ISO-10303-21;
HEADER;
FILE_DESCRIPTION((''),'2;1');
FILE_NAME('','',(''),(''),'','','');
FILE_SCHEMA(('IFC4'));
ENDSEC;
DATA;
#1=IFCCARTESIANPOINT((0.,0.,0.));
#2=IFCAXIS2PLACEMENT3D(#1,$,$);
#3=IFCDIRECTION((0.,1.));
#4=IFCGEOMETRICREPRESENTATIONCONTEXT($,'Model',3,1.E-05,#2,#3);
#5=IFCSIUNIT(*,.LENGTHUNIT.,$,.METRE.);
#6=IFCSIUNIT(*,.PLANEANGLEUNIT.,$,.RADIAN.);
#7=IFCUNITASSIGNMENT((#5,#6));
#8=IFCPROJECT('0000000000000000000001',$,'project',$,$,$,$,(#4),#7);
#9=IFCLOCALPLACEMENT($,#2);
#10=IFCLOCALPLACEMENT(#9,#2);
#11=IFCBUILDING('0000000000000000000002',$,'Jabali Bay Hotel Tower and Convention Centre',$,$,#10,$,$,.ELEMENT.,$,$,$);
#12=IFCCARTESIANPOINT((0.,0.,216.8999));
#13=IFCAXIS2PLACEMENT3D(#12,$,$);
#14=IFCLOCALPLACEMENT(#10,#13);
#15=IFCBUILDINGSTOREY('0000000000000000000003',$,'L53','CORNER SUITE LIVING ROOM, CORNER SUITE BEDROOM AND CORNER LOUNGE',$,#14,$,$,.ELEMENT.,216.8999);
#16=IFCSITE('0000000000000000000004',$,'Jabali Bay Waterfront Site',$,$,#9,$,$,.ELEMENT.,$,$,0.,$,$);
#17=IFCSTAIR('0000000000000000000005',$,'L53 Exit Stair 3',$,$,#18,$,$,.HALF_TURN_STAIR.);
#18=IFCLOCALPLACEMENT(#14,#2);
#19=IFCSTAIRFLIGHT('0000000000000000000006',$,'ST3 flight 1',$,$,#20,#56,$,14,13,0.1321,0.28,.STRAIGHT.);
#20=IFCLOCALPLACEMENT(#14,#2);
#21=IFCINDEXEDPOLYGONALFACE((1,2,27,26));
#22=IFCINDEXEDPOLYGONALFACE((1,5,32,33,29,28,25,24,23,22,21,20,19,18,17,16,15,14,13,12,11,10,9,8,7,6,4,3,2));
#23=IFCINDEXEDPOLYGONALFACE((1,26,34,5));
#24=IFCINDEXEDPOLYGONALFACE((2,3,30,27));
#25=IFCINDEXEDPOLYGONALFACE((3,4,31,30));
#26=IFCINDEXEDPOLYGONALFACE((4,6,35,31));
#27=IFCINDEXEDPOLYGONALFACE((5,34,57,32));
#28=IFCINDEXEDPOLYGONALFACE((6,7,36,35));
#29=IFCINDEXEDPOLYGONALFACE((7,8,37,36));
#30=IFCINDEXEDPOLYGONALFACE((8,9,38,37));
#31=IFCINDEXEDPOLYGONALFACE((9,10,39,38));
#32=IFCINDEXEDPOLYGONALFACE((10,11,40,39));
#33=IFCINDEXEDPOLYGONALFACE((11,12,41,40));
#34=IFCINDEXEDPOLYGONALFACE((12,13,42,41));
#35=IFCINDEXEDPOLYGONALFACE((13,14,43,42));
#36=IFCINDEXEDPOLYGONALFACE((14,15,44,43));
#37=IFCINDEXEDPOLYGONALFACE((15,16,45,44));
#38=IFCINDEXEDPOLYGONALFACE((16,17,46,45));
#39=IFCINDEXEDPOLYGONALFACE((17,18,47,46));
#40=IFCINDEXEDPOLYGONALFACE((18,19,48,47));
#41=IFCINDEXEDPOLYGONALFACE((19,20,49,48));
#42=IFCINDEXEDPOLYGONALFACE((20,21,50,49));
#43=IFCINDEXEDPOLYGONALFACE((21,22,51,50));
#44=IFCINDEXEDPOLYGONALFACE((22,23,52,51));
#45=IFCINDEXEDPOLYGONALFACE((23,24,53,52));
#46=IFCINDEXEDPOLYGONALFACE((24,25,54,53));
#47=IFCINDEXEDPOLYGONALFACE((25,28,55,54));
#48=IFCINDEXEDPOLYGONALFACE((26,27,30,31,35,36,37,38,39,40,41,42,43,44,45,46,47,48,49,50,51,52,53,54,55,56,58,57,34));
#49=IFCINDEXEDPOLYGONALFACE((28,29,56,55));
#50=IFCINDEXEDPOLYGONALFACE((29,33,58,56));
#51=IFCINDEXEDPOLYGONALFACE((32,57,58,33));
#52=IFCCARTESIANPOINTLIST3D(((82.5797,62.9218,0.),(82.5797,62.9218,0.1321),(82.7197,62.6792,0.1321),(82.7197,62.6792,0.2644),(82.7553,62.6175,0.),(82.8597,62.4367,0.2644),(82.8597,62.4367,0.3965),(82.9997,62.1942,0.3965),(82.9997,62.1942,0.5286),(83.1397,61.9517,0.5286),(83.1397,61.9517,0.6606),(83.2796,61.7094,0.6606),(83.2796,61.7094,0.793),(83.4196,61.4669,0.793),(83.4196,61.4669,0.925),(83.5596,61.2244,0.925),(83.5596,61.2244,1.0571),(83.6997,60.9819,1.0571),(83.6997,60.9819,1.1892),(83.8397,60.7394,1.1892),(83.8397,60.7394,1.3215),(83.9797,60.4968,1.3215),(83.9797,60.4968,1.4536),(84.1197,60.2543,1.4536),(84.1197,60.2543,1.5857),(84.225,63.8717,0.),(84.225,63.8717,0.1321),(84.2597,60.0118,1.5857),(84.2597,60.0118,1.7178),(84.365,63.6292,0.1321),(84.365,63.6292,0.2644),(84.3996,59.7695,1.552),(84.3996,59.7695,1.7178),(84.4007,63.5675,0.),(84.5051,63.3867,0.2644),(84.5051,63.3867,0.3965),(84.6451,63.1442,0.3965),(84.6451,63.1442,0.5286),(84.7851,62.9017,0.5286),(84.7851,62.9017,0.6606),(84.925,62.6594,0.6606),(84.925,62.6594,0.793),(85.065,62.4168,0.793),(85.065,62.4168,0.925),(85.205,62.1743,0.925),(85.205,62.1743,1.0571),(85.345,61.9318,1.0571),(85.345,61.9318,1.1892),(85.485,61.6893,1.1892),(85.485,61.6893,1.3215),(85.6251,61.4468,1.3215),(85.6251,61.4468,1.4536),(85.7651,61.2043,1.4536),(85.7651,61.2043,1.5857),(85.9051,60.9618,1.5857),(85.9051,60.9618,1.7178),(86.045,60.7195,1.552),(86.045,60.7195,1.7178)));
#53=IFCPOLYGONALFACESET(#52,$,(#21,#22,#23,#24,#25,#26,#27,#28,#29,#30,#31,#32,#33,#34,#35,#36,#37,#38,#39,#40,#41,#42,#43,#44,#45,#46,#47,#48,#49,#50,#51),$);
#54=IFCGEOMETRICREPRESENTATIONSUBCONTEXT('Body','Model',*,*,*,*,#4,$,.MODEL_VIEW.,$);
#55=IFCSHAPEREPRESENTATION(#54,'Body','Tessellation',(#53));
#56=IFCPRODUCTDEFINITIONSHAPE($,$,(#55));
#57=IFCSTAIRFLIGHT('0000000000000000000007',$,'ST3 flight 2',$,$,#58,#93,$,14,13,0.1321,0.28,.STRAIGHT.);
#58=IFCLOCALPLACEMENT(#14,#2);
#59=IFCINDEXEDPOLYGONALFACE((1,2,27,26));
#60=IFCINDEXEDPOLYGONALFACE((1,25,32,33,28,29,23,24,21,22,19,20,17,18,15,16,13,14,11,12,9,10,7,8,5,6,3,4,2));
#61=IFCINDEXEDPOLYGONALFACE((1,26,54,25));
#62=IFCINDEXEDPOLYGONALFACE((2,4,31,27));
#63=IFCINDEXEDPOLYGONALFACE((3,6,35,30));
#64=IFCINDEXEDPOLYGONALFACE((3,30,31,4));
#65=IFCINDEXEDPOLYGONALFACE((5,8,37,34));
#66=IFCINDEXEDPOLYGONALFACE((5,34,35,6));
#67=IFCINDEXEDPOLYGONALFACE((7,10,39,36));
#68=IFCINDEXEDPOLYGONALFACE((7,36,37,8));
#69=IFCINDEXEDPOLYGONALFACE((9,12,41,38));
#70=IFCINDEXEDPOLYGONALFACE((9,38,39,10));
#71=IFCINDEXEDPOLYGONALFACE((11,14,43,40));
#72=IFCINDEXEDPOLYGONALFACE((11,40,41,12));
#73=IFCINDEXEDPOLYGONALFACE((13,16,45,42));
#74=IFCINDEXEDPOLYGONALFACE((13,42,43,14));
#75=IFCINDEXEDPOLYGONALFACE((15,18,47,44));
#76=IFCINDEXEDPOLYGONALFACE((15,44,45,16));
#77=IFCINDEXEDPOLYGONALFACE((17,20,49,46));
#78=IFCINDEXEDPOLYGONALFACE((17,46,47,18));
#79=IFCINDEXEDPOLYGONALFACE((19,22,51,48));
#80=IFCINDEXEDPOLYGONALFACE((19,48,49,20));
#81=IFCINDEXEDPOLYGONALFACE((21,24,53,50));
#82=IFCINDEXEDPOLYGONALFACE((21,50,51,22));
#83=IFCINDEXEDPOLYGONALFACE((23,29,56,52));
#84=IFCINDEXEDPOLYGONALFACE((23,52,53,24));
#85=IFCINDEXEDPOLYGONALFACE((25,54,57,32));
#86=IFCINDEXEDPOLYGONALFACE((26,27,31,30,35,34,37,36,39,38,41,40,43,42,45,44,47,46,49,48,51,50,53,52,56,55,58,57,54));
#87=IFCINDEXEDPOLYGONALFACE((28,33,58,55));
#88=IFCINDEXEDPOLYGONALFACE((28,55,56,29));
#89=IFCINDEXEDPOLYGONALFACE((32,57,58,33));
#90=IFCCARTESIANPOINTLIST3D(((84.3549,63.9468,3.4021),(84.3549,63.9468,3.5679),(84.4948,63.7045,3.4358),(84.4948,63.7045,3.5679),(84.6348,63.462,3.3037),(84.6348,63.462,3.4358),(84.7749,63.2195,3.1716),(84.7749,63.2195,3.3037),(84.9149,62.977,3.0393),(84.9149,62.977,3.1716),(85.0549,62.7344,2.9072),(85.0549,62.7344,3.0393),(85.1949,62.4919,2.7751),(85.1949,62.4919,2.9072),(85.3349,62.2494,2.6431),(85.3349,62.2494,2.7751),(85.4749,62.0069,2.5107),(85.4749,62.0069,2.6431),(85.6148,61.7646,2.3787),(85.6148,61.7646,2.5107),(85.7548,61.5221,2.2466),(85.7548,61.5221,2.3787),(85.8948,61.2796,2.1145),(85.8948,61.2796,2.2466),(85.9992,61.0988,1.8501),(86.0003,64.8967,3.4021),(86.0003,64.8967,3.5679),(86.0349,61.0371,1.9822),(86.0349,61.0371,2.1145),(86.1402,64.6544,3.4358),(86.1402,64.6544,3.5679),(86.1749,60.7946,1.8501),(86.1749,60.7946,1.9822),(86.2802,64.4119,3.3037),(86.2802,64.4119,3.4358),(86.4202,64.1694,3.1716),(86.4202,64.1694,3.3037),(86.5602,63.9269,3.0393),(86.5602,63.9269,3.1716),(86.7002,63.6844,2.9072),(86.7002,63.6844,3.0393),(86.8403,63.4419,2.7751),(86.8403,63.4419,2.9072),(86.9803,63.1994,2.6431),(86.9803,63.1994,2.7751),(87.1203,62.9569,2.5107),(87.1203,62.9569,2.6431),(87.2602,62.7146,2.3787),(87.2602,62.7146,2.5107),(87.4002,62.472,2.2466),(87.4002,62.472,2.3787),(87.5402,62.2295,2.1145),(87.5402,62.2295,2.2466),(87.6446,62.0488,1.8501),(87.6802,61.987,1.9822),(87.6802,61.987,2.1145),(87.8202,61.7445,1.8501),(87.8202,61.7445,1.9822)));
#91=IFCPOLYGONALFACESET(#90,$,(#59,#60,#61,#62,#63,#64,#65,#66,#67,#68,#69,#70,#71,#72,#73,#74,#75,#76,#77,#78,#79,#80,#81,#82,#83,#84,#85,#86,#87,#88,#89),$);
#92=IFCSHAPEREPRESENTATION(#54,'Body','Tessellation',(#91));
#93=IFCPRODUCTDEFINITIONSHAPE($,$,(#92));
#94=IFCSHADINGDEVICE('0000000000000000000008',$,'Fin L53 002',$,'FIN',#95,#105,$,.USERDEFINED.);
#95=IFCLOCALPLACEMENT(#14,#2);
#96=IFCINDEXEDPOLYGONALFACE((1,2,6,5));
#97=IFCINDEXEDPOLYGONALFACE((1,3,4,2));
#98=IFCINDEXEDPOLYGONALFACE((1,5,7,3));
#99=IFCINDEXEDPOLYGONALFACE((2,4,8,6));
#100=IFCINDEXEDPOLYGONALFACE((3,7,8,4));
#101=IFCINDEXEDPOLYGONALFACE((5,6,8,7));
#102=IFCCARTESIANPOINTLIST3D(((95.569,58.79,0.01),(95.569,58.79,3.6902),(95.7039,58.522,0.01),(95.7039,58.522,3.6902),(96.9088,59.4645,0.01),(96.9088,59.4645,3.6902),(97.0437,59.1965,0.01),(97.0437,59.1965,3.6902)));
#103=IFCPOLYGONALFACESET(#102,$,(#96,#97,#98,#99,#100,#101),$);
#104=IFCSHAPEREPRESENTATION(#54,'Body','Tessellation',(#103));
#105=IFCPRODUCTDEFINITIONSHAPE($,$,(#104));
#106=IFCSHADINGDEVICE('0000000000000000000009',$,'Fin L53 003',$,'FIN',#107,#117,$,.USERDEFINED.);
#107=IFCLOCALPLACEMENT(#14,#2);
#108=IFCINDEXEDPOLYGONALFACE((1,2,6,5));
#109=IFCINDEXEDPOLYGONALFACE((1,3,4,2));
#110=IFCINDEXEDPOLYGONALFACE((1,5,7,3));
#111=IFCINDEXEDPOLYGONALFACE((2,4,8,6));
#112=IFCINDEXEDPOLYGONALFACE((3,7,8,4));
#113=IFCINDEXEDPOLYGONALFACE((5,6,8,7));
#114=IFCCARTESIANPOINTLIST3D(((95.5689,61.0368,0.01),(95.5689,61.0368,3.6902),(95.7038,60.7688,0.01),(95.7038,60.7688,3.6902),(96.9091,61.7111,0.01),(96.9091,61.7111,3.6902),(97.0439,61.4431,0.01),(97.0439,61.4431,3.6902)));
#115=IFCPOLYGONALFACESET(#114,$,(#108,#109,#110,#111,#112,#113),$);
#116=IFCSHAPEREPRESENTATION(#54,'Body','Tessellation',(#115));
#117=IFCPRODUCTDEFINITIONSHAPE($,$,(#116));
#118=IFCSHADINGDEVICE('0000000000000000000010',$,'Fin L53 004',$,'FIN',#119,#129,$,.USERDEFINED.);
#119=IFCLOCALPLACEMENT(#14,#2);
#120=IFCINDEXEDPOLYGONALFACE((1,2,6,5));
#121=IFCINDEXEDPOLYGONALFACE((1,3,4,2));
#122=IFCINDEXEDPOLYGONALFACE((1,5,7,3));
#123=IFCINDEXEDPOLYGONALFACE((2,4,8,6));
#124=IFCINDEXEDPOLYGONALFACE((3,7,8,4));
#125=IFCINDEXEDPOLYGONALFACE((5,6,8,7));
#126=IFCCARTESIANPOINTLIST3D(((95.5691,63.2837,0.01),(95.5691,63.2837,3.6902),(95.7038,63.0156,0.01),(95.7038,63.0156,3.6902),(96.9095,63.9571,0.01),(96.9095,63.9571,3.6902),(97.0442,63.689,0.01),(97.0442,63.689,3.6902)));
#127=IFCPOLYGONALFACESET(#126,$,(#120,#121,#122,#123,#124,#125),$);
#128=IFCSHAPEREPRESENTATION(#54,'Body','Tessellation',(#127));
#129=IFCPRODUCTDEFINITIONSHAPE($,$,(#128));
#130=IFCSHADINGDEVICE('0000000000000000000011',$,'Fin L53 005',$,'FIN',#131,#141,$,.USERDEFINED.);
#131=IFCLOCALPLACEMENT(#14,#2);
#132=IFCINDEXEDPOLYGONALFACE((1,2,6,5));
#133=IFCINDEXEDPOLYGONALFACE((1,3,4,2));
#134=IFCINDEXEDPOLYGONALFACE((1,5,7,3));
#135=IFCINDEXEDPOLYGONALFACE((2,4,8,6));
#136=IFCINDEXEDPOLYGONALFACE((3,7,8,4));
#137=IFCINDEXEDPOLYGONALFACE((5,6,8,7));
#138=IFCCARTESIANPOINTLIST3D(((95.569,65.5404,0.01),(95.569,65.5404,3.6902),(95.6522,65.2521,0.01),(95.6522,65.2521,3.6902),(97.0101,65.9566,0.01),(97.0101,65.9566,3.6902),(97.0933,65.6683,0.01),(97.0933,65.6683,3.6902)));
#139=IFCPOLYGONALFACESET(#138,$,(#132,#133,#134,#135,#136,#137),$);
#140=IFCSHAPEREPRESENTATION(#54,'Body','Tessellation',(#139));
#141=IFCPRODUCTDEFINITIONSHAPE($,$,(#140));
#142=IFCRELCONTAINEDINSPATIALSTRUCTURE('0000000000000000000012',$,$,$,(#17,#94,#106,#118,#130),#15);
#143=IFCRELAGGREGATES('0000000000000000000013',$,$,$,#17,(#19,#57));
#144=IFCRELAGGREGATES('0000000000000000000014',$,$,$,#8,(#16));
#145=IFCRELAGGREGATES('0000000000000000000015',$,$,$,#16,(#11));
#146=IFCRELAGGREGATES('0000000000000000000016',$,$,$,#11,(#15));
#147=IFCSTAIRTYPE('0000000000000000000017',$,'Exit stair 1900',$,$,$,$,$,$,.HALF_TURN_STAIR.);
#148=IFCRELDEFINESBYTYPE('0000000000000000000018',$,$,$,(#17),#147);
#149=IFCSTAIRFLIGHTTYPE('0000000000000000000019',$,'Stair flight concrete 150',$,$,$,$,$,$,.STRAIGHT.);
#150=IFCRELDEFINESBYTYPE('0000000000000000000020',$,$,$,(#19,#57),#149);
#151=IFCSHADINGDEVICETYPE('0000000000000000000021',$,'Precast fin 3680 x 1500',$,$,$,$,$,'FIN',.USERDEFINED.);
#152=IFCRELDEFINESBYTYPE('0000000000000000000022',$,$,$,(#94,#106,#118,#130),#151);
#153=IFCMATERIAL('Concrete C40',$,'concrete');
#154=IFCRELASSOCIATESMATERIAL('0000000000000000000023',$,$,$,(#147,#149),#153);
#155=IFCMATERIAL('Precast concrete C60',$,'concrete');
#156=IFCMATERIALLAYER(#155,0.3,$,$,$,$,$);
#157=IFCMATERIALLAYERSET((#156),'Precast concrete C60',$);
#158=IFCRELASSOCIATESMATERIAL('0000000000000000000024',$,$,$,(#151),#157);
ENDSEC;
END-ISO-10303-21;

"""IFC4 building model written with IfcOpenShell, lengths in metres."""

from ifc_helpers import new_model, si_unit, direction, frame, frame_2d, origin, place, context, subcontext, project, spatial, polyline, rectangle, outline, extrude, material, layer, layer_set, type_object, element, aggregate, save


model = new_model("IFC4")

# Units and contexts
model_context = context("Model", 3, precision=1e-05, world=origin(), true_north=direction((0.0, 1.0)))
body_context = subcontext(model_context, "Body", "Model", "MODEL_VIEW")
ifc_project = project(units=[si_unit("LENGTHUNIT", "METRE"), si_unit("PLANEANGLEUNIT", "RADIAN")], contexts=[model_context])

# Site, building, storey
site_placement = place(None, origin())
site = spatial("IfcSite", under=ifc_project, at=site_placement, Name="Jabali Bay Waterfront Site", CompositionType="ELEMENT", RefElevation=0.0)
building_placement = place(site_placement, origin())
building = spatial("IfcBuilding", under=site, at=building_placement, Name="Jabali Bay Hotel Tower and Convention Centre", CompositionType="ELEMENT")
storey_placement = place(building_placement, frame((0.0, 0.0, 216.8999)))
storey = spatial("IfcBuildingStorey", under=building, at=storey_placement, Name="L53", Description="CORNER SUITE LIVING ROOM, CORNER SUITE BEDROOM AND CORNER LOUNGE", CompositionType="ELEMENT", Elevation=216.8999)

# Shared definitions
ifc_material_1 = material(Name="Concrete C40", Category="concrete")

# Stair, stair flights
stair_type = type_object("IfcStairType", Name="Exit stair 1900", PredefinedType="HALF_TURN_STAIR", material=ifc_material_1)
stair_placement = place(storey_placement, origin())
stair = element("IfcStair", 1, at=stair_placement, inside=storey, type_object=stair_type, Name="L53 Exit Stair 3", PredefinedType="HALF_TURN_STAIR")
stair_flight_type = type_object("IfcStairFlightType", Name="Stair flight concrete 150", PredefinedType="STRAIGHT", material=ifc_material_1)
stair_flight_1_placement = place(storey_placement, frame((83.4023, 63.3967, 0.0), z_axis=(0.0, 0.0, 1.0), x_axis=(0.5, -0.866025, 0.0)))
stair_flight_1 = element("IfcStairFlight", 2, at=stair_flight_1_placement, type_object=stair_flight_type, Name="ST3 flight 1", NumberOfRisers=14, NumberOfTreads=13, PredefinedType="STRAIGHT", RiserHeight=0.1321, TreadLength=0.28, context=body_context, shape_type="SweptSolid", body=[
    extrude(outline(polyline([(0.0, 0.0), (0.0, 0.1321), (0.28, 0.1321), (0.28, 0.2644), (0.5601, 0.2644), (0.5601, 0.3965), (0.8401, 0.3965), (0.8401, 0.5286), (1.1201, 0.5286), (1.1201, 0.6606), (1.3999, 0.6606), (1.3999, 0.793), (1.6799, 0.793), (1.6799, 0.925), (1.96, 0.925), (1.96, 1.0571), (2.24, 1.0571), (2.24, 1.1892), (2.52, 1.1892), (2.52, 1.3215), (2.8, 1.3215), (2.8, 1.4536), (3.0801, 1.4536), (3.0801, 1.5857), (3.3601, 1.5857), (3.3601, 1.7178), (3.6399, 1.7178), (3.6399, 1.8501), (3.6399, 1.552), (0.3513, 0.0), (0.0, 0.0)])), frame((0.0, 0.95, 0.0), z_axis=(0.0, -1.0, 0.0), x_axis=(1.0, 0.0, 0.0)), (0.0, 0.0, 1.0), 1.8999),
])
stair_flight_2_placement = place(storey_placement, frame((86.9976, 61.2695, 1.8501), z_axis=(0.0, 0.0, 1.0), x_axis=(-0.5, 0.866025, 0.0)))
stair_flight_2 = element("IfcStairFlight", 3, at=stair_flight_2_placement, type_object=stair_flight_type, Name="ST3 flight 2", NumberOfRisers=14, NumberOfTreads=13, PredefinedType="STRAIGHT", RiserHeight=0.1321, TreadLength=0.28, context=body_context, shape_type="SweptSolid", body=[
    extrude(outline(polyline([(0.0, 0.0), (0.0, 0.1321), (0.28, 0.1321), (0.28, 0.2644), (0.5601, 0.2644), (0.5601, 0.3965), (0.8401, 0.3965), (0.8401, 0.5286), (1.1201, 0.5286), (1.1201, 0.6606), (1.3999, 0.6606), (1.3999, 0.793), (1.6799, 0.793), (1.6799, 0.925), (1.96, 0.925), (1.96, 1.0571), (2.24, 1.0571), (2.24, 1.1892), (2.52, 1.1892), (2.52, 1.3215), (2.8, 1.3215), (2.8, 1.4536), (3.0801, 1.4536), (3.0801, 1.5857), (3.3601, 1.5857), (3.3601, 1.7178), (3.6399, 1.7178), (3.6399, 1.8501), (3.6399, 1.552), (0.3513, 0.0), (0.0, 0.0)])), frame((0.0, 0.95, 0.0), z_axis=(0.0, -1.0, 0.0), x_axis=(1.0, 0.0, 0.0)), (0.0, 0.0, 1.0), 1.8999),
])
aggregate(stair, [stair_flight_1, stair_flight_2])

# Shading devices
ifc_material_2 = material(Name="Precast concrete C60", Category="concrete")
ifc_layer_1 = layer(ifc_material_2, 0.3)
ifc_layer_set_1 = layer_set([ifc_layer_1], Name="Precast concrete C60")
shading_device_type = type_object("IfcShadingDeviceType", Name="Precast fin 3680 x 1500", ElementType="FIN", PredefinedType="USERDEFINED", material=ifc_layer_set_1)
shading_device_1_placement = place(storey_placement, frame((95.6365, 58.656, 0.01), z_axis=(0.0, 0.0, 1.0), x_axis=(0.893187, 0.449686, 0.0)))
element("IfcShadingDevice", 4, at=shading_device_1_placement, inside=storey, type_object=shading_device_type, Name="Fin L53 002", ObjectType="FIN", PredefinedType="USERDEFINED", context=body_context, shape_type="SweptSolid", body=[
    extrude(rectangle(XDim=1.5, YDim=0.3, at=frame_2d((0.75, 0.0))), origin(), (0.0, 0.0, 1.0), 3.6802),
])
shading_device_2_placement = place(storey_placement, frame((95.6365, 60.9028, 0.01), z_axis=(0.0, 0.0, 1.0), x_axis=(0.893285, 0.449491, 0.0)))
element("IfcShadingDevice", 5, at=shading_device_2_placement, inside=storey, type_object=shading_device_type, Name="Fin L53 003", ObjectType="FIN", PredefinedType="USERDEFINED", context=body_context, shape_type="SweptSolid", body=[
    extrude(rectangle(XDim=1.5002, YDim=0.3, at=frame_2d((0.75, 0.0))), origin(), (0.0, 0.0, 1.0), 3.6802),
])
for number, where, z_axis, x_axis, name in (
    (6, (95.6365, 63.1497, 0.01), (0.0, 0.0, 1.0), (0.893579, 0.448906, 0.0), "Fin L53 004"),
    (7, (95.6106, 65.3962, 0.01), (0.0, 0.0, 1.0), (0.960728, 0.277493, 0.0), "Fin L53 005"),
):
    element("IfcShadingDevice", number, at=place(storey_placement, frame(where, z_axis=z_axis, x_axis=x_axis)), inside=storey, type_object=shading_device_type, Name=name, ObjectType="FIN", PredefinedType="USERDEFINED", context=body_context, shape_type="SweptSolid", body=[
        extrude(rectangle(XDim=1.5, YDim=0.3, at=frame_2d((0.75, 0.0))), origin(), (0.0, 0.0, 1.0), 3.6802),
    ])

save(model, "model.ifc")
